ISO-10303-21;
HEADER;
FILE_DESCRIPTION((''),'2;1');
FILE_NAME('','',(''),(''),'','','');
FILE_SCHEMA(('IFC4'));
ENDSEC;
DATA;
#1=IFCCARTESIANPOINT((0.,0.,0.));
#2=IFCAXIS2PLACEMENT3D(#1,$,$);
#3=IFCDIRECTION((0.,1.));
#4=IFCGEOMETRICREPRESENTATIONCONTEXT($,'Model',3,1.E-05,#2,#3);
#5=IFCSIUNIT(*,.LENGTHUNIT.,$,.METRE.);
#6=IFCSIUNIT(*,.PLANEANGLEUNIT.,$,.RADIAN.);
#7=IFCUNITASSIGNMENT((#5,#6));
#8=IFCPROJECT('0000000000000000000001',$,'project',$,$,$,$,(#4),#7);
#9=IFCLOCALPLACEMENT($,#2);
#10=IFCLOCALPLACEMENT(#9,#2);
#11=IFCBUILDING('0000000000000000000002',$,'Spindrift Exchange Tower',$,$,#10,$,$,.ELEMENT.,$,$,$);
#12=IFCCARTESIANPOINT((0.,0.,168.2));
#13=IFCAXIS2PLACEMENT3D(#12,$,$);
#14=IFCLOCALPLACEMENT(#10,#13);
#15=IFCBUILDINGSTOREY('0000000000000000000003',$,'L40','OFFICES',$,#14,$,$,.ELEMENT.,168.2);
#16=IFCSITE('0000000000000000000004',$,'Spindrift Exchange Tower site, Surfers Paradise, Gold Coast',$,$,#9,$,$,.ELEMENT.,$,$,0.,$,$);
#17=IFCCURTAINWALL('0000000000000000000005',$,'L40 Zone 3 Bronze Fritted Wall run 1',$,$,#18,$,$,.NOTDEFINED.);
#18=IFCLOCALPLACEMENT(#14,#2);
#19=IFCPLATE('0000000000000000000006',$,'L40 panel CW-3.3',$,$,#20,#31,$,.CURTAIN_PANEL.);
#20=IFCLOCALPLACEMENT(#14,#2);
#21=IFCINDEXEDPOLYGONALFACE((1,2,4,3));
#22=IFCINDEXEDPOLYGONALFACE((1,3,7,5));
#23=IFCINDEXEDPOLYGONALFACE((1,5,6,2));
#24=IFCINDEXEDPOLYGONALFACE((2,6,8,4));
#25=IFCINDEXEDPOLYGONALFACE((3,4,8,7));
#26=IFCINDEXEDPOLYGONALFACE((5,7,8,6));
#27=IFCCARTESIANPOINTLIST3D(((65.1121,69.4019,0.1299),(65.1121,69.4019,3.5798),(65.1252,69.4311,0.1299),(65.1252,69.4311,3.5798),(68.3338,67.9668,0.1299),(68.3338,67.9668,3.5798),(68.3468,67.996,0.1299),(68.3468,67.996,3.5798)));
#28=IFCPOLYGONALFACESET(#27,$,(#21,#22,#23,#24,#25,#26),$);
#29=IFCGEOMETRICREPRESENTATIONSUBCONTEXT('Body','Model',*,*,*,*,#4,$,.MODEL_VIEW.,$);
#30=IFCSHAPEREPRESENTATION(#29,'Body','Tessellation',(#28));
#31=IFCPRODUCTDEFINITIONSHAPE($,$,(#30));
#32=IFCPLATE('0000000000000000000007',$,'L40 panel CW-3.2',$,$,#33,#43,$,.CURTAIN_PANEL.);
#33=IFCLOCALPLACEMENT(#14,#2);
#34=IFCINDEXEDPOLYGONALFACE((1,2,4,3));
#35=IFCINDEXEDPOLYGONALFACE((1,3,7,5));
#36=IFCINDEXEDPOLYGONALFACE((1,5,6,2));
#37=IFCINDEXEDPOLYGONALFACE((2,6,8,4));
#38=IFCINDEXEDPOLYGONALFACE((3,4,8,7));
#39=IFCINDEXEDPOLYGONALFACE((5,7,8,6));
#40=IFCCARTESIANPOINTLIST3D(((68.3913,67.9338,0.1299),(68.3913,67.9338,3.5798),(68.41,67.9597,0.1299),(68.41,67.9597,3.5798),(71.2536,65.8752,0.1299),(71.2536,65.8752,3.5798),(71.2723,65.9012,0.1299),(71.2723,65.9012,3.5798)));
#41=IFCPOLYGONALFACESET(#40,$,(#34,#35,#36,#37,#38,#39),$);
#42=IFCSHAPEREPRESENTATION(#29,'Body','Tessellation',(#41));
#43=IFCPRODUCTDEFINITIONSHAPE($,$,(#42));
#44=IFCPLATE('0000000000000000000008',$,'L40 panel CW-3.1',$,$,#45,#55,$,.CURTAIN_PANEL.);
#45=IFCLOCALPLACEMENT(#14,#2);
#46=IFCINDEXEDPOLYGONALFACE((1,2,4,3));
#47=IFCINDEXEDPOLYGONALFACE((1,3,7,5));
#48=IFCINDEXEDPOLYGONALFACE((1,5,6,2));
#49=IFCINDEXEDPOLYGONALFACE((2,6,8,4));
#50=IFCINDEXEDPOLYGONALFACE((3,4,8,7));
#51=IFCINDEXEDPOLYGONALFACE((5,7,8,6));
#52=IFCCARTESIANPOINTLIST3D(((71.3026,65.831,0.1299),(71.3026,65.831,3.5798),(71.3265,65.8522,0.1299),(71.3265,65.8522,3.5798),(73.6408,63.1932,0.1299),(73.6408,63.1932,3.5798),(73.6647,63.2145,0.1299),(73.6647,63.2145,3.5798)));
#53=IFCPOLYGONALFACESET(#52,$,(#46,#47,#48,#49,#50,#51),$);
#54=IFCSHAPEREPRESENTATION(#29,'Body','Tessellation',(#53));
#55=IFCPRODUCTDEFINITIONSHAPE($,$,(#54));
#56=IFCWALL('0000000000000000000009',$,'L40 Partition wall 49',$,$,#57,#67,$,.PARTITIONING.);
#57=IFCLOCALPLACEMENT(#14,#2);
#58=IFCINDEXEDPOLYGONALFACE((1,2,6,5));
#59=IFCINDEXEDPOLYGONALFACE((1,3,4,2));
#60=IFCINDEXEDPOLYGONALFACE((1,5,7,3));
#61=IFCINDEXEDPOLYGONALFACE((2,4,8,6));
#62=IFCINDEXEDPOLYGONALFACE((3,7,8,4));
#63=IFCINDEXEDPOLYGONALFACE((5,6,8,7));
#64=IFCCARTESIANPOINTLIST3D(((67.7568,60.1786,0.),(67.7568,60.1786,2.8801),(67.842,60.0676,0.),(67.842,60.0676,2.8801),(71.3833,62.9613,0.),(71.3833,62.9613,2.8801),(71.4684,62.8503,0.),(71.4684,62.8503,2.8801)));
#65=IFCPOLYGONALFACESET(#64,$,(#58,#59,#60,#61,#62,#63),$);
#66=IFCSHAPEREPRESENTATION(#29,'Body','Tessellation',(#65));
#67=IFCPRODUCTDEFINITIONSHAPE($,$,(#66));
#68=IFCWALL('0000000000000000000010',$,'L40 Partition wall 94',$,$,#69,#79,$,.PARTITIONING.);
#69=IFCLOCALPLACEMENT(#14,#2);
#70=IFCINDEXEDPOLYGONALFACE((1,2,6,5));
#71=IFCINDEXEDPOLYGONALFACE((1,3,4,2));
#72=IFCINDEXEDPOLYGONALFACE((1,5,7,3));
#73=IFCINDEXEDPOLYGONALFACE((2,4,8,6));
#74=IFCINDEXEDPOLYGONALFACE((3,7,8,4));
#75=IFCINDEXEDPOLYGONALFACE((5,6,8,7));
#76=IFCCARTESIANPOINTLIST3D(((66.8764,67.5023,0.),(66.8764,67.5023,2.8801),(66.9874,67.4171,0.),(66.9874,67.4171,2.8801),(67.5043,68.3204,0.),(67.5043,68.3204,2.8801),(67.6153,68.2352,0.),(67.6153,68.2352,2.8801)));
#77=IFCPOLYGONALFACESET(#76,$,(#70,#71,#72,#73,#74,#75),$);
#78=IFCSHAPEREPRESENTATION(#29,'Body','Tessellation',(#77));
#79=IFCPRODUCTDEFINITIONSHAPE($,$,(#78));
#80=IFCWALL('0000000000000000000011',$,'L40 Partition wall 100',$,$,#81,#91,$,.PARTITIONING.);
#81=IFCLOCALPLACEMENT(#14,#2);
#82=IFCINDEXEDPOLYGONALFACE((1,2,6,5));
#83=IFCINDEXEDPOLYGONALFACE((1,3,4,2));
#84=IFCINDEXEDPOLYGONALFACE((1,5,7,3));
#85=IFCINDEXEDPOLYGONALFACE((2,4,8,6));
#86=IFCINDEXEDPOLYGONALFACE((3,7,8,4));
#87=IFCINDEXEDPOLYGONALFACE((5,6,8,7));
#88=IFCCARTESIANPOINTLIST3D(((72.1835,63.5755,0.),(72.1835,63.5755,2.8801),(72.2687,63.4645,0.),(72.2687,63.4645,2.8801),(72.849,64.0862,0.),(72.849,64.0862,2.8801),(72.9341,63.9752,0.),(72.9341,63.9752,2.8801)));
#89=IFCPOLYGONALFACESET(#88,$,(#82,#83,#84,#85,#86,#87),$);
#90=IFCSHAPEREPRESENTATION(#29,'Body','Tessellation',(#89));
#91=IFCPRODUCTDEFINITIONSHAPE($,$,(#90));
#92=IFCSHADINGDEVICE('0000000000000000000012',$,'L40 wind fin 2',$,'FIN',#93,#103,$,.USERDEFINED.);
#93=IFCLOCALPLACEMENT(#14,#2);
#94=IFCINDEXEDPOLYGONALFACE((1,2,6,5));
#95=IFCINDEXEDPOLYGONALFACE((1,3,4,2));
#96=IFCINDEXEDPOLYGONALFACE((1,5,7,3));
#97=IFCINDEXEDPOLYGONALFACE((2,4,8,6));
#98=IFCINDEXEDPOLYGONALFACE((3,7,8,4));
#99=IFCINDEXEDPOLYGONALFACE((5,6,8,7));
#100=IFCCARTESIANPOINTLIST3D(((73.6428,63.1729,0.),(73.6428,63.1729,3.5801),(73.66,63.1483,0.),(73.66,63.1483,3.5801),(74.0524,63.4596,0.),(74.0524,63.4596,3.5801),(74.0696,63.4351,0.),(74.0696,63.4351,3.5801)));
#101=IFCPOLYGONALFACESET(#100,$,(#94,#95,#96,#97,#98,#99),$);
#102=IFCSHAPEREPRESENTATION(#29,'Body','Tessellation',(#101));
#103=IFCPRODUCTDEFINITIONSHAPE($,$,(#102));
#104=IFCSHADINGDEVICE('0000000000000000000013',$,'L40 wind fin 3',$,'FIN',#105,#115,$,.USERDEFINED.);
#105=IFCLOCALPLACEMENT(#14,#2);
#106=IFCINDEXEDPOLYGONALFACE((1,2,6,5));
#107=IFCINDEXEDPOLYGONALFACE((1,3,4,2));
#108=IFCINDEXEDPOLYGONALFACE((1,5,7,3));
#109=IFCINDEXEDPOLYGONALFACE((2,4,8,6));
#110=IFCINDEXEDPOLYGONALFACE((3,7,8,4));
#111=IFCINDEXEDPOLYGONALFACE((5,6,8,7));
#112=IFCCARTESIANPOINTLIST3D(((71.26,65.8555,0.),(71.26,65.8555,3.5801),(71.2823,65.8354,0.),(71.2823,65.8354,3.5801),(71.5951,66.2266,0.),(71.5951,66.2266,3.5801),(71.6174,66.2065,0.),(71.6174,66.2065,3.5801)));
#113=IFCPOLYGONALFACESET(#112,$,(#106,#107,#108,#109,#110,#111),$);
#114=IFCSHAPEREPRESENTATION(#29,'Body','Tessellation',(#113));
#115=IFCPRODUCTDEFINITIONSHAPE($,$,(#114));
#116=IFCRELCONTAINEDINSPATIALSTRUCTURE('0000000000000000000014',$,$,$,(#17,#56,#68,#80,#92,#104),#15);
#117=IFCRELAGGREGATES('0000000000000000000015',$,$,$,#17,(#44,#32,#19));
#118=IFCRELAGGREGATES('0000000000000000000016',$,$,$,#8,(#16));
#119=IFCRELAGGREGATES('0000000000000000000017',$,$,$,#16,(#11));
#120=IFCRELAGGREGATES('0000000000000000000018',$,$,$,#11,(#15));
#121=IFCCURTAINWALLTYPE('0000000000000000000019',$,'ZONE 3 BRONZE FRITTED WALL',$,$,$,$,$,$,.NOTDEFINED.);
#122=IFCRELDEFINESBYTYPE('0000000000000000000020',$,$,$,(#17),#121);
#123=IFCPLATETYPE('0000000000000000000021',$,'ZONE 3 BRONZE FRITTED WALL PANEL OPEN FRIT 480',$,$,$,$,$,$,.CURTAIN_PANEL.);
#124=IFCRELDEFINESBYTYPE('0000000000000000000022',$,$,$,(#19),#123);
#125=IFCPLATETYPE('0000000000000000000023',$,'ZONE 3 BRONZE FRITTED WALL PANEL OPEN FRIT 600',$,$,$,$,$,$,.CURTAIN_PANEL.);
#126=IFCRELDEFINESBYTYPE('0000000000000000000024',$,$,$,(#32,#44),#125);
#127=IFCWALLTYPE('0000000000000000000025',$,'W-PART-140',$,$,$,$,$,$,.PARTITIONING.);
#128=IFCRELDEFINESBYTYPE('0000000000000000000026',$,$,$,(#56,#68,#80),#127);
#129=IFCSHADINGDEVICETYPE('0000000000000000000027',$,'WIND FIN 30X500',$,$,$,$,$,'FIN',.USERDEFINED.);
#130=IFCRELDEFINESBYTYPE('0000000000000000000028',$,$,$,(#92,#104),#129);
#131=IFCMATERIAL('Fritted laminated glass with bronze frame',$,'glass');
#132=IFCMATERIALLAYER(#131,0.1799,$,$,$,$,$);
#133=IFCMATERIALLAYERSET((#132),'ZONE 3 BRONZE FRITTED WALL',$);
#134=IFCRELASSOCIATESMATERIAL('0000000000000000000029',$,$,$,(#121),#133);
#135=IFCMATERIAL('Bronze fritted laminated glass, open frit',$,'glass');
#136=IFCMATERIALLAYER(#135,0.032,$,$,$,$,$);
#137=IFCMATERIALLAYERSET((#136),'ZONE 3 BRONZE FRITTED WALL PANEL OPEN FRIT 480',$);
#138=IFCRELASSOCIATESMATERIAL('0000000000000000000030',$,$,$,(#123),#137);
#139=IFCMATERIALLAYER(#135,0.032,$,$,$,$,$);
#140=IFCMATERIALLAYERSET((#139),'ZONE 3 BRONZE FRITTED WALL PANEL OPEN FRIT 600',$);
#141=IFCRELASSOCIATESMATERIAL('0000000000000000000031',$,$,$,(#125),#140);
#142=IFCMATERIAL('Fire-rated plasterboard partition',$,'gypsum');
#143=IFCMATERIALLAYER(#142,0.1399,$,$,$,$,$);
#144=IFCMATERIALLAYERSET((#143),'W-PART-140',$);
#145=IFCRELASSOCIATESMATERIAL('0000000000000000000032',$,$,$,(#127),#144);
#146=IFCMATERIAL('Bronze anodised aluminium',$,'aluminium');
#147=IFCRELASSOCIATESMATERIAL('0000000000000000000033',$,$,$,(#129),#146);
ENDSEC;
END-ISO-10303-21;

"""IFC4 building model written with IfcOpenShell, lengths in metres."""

from ifc_helpers import new_model, si_unit, direction, frame, frame_2d, origin, origin_2d, place, context, subcontext, project, spatial, rectangle, extrude, source, transform, mapped, material, layer, layer_set, material_profile, profile_set, type_object, element, aggregate, save


model = new_model("IFC4")

# Units and contexts
model_context = context("Model", 3, precision=1e-05, world=origin(), true_north=direction((0.0, 1.0)))
body_context = subcontext(model_context, "Body", "Model", "MODEL_VIEW")
ifc_project = project(units=[si_unit("LENGTHUNIT", "METRE"), si_unit("PLANEANGLEUNIT", "RADIAN")], contexts=[model_context])

# Site, building, storey
site_placement = place(None, origin())
site = spatial("IfcSite", under=ifc_project, at=site_placement, Name="Spindrift Exchange Tower site, Surfers Paradise, Gold Coast", CompositionType="ELEMENT", RefElevation=0.0)
building_placement = place(site_placement, origin())
building = spatial("IfcBuilding", under=site, at=building_placement, Name="Spindrift Exchange Tower", CompositionType="ELEMENT")
storey_placement = place(building_placement, frame((0.0, 0.0, 168.2)))
storey = spatial("IfcBuildingStorey", under=building, at=storey_placement, Name="L40", Description="OFFICES", CompositionType="ELEMENT", Elevation=168.2)

# Curtain wall
ifc_material_1 = material(Name="Fritted laminated glass with bronze frame", Category="glass")
ifc_layer_1 = layer(ifc_material_1, 0.1799)
ifc_layer_set_1 = layer_set([ifc_layer_1], Name="ZONE 3 BRONZE FRITTED WALL")
curtain_wall_type = type_object("IfcCurtainWallType", Name="ZONE 3 BRONZE FRITTED WALL", PredefinedType="NOTDEFINED", material=ifc_layer_set_1)
curtain_wall_1_placement = place(storey_placement, origin())
curtain_wall_1 = element("IfcCurtainWall", 1, at=curtain_wall_1_placement, inside=storey, type_object=curtain_wall_type, Name="L40 Zone 3 Bronze Fritted Wall run 1", PredefinedType="NOTDEFINED")
ifc_material_2 = material(Name="Bronze anodised aluminium", Category="aluminium")

# Shared definitions
ifc_material_3 = material(Name="Bronze fritted laminated glass, open frit", Category="glass")
ifc_layer_2 = layer(ifc_material_3, 0.032)
ifc_layer_set_2 = layer_set([ifc_layer_2], Name="ZONE 3 BRONZE FRITTED WALL PANEL OPEN FRIT 480")
plate_type_1 = type_object("IfcPlateType", Name="ZONE 3 BRONZE FRITTED WALL PANEL OPEN FRIT 480", PredefinedType="CURTAIN_PANEL", material=ifc_layer_set_2)

# Plates
shared_shape_1 = source(origin(), body_context, "Body", "SweptSolid", [
    extrude(rectangle(XDim=3.5269, YDim=0.032, at=origin_2d()), origin(), (0.0, 0.0, 1.0), 3.45),
])
plate_1_placement = place(storey_placement, frame((66.7295, 68.699, 0.1299), z_axis=(0.0, 0.0, 1.0), x_axis=(-0.913472, 0.406902, 0.0)))
plate_1 = element("IfcPlate", 2, at=plate_1_placement, type_object=plate_type_1, Name="L40 panel CW-3.3", PredefinedType="CURTAIN_PANEL", context=body_context, shape_type="MappedRepresentation", body=[
    mapped(shared_shape_1, transform((0.0, 0.0, 0.0), scale=1.0)),
])
ifc_layer_3 = layer(ifc_material_3, 0.032)
ifc_layer_set_3 = layer_set([ifc_layer_3], Name="ZONE 3 BRONZE FRITTED WALL PANEL OPEN FRIT 600")
plate_type_2 = type_object("IfcPlateType", Name="ZONE 3 BRONZE FRITTED WALL PANEL OPEN FRIT 600", PredefinedType="CURTAIN_PANEL", material=ifc_layer_set_3)
shared_shape_2 = source(origin(), body_context, "Body", "SweptSolid", [
    extrude(rectangle(XDim=3.5256, YDim=0.032, at=origin_2d()), origin(), (0.0, 0.0, 1.0), 3.45),
])
plate_2_placement = place(storey_placement, frame((69.8318, 66.9175, 0.1299), z_axis=(0.0, 0.0, 1.0), x_axis=(-0.811844, 0.583874, 0.0)))
plate_2 = element("IfcPlate", 3, at=plate_2_placement, type_object=plate_type_2, Name="L40 panel CW-3.2", PredefinedType="CURTAIN_PANEL", context=body_context, shape_type="MappedRepresentation", body=[
    mapped(shared_shape_2, transform((0.0, 0.0, 0.0), scale=1.0)),
])
shared_shape_3 = source(origin(), body_context, "Body", "SweptSolid", [
    extrude(rectangle(XDim=3.5249, YDim=0.032, at=origin_2d()), origin(), (0.0, 0.0, 1.0), 3.45),
])
plate_3_placement = place(storey_placement, frame((72.4836, 64.5227, 0.1299), z_axis=(0.0, 0.0, 1.0), x_axis=(-0.663352, 0.748308, 0.0)))
plate_3 = element("IfcPlate", 4, at=plate_3_placement, type_object=plate_type_2, Name="L40 panel CW-3.1", PredefinedType="CURTAIN_PANEL", context=body_context, shape_type="MappedRepresentation", body=[
    mapped(shared_shape_3, transform((0.0, 0.0, 0.0), scale=1.0)),
])
aggregate(curtain_wall_1, [plate_3, plate_2, plate_1])

# Walls
ifc_material_4 = material(Name="Fire-rated plasterboard partition", Category="gypsum")
ifc_layer_4 = layer(ifc_material_4, 0.1399)
ifc_layer_set_4 = layer_set([ifc_layer_4], Name="W-PART-140")
wall_type = type_object("IfcWallType", Name="W-PART-140", PredefinedType="PARTITIONING", material=ifc_layer_set_4)
wall_1_placement = place(storey_placement, frame((67.7993, 60.123, 0.0), z_axis=(0.0, 0.0, 1.0), x_axis=(0.79335, 0.608766, 0.0)))
element("IfcWall", 5, at=wall_1_placement, inside=storey, type_object=wall_type, Name="L40 Partition wall 49", PredefinedType="PARTITIONING", context=body_context, shape_type="SweptSolid", body=[
    extrude(rectangle(XDim=4.571, YDim=0.1399, at=frame_2d((2.2856, 0.0))), origin(), (0.0, 0.0, 1.0), 2.8801),
])
wall_2_placement = place(storey_placement, frame((66.9319, 67.4597, 0.0), z_axis=(0.0, 0.0, 1.0), x_axis=(0.608864, 0.793275, 0.0)))
element("IfcWall", 6, at=wall_2_placement, inside=storey, type_object=wall_type, Name="L40 Partition wall 94", PredefinedType="PARTITIONING", context=body_context, shape_type="SweptSolid", body=[
    extrude(rectangle(XDim=1.0312, YDim=0.1399, at=frame_2d((0.5156, 0.0))), origin(), (0.0, 0.0, 1.0), 2.8801),
])
wall_3_placement = place(storey_placement, frame((72.2261, 63.52, 0.0), z_axis=(0.0, 0.0, 1.0), x_axis=(0.793316, 0.60881, 0.0)))
element("IfcWall", 7, at=wall_3_placement, inside=storey, type_object=wall_type, Name="L40 Partition wall 100", PredefinedType="PARTITIONING", context=body_context, shape_type="SweptSolid", body=[
    extrude(rectangle(XDim=0.8389, YDim=0.1399, at=frame_2d((0.4194, 0.0))), origin(), (0.0, 0.0, 1.0), 2.8801),
])

# Shading devices
ifc_material_profile_1 = material_profile(ifc_material_2, rectangle(XDim=0.03, YDim=0.5, at=origin_2d()), Name="WIND FIN 30X500")
ifc_profile_set_1 = profile_set([ifc_material_profile_1], Name="Bronze anodised aluminium")
shading_device_type = type_object("IfcShadingDeviceType", Name="WIND FIN 30X500", ElementType="FIN", PredefinedType="USERDEFINED", material=ifc_profile_set_1)
shared_shape_4 = source(origin(), body_context, "Body", "SweptSolid", [
    extrude(rectangle(XDim=0.03, YDim=0.5, at=origin_2d()), origin(), (0.0, 0.0, 1.0), 3.5801),
])
for number, where, z_axis, x_axis, name in (
    (8, (73.8562, 63.304, 0.0), (0.0, 0.0, 1.0), (-0.573579, 0.81915, 0.0), "L40 wind fin 2"),
    (9, (71.4387, 66.031, 0.0), (0.0, 0.0, 1.0), (-0.742167, 0.670216, 0.0), "L40 wind fin 3"),
):
    element("IfcShadingDevice", number, at=place(storey_placement, frame(where, z_axis=z_axis, x_axis=x_axis)), inside=storey, type_object=shading_device_type, Name=name, ObjectType="FIN", PredefinedType="USERDEFINED", context=body_context, shape_type="MappedRepresentation", body=[
        mapped(shared_shape_4, transform((0.0, 0.0, 0.0), scale=1.0)),
    ])

save(model, "model.ifc")
